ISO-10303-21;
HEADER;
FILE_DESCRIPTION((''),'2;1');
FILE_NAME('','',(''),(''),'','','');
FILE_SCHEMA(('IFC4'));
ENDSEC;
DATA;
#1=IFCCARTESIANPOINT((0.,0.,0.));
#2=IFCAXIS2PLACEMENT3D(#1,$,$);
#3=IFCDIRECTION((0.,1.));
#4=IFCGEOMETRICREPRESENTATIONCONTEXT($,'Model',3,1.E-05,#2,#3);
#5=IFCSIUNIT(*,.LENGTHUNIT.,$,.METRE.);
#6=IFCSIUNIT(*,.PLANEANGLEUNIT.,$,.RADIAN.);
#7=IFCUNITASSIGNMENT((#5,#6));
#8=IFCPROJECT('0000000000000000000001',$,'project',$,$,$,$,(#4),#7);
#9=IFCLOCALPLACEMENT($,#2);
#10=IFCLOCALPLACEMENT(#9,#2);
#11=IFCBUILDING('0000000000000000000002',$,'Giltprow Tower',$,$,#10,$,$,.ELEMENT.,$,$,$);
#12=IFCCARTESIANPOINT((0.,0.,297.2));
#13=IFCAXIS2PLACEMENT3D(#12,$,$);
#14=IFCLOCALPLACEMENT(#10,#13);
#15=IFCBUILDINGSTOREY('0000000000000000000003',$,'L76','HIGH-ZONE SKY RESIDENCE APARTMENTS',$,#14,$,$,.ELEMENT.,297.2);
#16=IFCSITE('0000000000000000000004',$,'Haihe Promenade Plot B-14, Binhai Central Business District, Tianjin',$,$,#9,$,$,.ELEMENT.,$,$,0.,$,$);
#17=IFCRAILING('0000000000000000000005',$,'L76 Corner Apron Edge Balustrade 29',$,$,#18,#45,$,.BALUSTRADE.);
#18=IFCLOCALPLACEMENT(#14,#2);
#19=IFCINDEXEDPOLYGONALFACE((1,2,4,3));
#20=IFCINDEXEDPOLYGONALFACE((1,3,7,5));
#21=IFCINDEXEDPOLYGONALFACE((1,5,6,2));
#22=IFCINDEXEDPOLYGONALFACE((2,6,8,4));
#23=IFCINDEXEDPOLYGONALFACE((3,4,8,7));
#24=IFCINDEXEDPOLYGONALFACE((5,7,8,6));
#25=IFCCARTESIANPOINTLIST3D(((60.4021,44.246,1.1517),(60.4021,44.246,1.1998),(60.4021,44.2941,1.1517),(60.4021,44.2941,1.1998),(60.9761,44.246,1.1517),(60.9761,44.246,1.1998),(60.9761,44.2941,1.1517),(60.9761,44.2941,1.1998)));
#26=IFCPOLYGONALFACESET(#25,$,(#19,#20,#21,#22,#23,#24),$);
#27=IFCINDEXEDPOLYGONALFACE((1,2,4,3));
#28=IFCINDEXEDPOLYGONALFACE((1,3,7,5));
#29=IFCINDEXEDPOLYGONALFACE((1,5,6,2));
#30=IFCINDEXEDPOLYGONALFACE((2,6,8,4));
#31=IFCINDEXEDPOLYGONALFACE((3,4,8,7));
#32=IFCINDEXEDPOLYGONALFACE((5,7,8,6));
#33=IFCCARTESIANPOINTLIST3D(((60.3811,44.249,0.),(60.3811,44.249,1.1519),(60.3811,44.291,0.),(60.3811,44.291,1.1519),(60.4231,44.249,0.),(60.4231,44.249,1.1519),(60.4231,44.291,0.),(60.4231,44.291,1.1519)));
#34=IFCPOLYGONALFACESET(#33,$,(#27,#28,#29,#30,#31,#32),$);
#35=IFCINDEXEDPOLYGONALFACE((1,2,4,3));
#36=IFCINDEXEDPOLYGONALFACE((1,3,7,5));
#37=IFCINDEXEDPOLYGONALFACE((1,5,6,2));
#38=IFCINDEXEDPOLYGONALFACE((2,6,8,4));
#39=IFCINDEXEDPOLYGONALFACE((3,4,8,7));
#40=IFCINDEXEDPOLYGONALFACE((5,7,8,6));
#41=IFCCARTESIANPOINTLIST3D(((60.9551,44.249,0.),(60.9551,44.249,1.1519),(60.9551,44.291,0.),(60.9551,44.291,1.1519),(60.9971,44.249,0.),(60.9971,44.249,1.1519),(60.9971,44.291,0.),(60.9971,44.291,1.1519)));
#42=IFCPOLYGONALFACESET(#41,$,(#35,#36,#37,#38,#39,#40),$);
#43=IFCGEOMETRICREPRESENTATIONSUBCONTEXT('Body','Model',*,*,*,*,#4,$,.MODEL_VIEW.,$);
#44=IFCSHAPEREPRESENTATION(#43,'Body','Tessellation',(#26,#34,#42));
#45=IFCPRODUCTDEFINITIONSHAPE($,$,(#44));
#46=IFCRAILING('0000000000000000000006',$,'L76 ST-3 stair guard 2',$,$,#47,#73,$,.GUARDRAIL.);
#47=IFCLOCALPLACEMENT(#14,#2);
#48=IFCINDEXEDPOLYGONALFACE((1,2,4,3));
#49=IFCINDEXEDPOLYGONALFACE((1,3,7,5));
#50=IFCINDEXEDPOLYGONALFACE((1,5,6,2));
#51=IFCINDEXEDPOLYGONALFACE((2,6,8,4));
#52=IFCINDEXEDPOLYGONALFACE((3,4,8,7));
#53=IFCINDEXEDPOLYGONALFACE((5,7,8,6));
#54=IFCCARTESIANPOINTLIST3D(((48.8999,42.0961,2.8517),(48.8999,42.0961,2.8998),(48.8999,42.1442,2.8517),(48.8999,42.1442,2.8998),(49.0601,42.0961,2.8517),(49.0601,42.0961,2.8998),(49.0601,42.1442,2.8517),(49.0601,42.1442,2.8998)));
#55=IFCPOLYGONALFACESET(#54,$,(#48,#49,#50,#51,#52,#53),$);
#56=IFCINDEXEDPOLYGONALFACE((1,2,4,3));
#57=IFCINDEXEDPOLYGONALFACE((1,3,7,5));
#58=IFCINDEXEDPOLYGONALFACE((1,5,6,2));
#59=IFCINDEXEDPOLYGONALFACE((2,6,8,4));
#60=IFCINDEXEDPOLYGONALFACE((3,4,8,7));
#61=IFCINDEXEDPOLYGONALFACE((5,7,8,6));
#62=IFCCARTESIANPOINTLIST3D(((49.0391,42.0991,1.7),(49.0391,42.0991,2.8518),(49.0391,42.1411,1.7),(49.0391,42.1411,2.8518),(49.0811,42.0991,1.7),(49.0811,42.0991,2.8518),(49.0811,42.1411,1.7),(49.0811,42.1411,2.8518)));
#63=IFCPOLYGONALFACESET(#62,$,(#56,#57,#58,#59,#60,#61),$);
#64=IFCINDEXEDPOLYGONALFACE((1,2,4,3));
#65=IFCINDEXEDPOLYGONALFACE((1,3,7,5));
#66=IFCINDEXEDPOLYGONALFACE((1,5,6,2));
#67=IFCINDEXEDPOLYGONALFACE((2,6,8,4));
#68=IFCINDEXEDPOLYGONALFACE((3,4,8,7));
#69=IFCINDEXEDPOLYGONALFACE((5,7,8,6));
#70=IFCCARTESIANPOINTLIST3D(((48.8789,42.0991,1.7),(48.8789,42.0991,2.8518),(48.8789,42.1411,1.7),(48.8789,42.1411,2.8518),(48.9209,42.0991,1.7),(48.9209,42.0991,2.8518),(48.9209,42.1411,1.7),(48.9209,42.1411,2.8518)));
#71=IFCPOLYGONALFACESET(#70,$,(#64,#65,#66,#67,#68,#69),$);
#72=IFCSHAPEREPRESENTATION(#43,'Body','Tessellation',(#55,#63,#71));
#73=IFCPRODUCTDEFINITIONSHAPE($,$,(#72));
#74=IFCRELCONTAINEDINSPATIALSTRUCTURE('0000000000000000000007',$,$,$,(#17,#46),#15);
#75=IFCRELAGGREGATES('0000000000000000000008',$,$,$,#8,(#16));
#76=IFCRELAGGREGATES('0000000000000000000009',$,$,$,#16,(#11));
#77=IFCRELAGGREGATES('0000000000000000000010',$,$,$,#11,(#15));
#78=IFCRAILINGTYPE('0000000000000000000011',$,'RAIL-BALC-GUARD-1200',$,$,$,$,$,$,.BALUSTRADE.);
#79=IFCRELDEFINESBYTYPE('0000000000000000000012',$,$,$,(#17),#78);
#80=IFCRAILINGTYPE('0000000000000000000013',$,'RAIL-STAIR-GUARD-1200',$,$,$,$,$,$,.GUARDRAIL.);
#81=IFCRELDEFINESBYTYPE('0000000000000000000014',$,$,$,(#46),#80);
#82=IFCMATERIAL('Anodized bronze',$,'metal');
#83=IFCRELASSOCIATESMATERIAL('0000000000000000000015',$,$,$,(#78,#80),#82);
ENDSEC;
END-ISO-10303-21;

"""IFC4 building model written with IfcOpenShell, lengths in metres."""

from ifc_helpers import new_model, si_unit, direction, frame, origin, origin_2d, place, context, subcontext, project, spatial, rectangle, extrude, material, type_object, element, save


model = new_model("IFC4")

# Units and contexts
model_context = context("Model", 3, precision=1e-05, world=origin(), true_north=direction((0.0, 1.0)))
body_context = subcontext(model_context, "Body", "Model", "MODEL_VIEW")
ifc_project = project(units=[si_unit("LENGTHUNIT", "METRE"), si_unit("PLANEANGLEUNIT", "RADIAN")], contexts=[model_context])

# Site, building, storey
site_placement = place(None, origin())
site = spatial("IfcSite", under=ifc_project, at=site_placement, Name="Haihe Promenade Plot B-14, Binhai Central Business District, Tianjin", CompositionType="ELEMENT", RefElevation=0.0)
building_placement = place(site_placement, origin())
building = spatial("IfcBuilding", under=site, at=building_placement, Name="Giltprow Tower", CompositionType="ELEMENT")
storey_placement = place(building_placement, frame((0.0, 0.0, 297.2)))
storey = spatial("IfcBuildingStorey", under=building, at=storey_placement, Name="L76", Description="HIGH-ZONE SKY RESIDENCE APARTMENTS", CompositionType="ELEMENT", Elevation=297.2)

# Railings
ifc_material_1 = material(Name="Anodized bronze", Category="metal")
railing_type_1 = type_object("IfcRailingType", Name="RAIL-BALC-GUARD-1200", PredefinedType="BALUSTRADE", material=ifc_material_1)
railing_1_placement = place(storey_placement, frame((60.4021, 44.27, 0.0)))
element("IfcRailing", 1, at=railing_1_placement, inside=storey, type_object=railing_type_1, Name="L76 Corner Apron Edge Balustrade 29", PredefinedType="BALUSTRADE", context=body_context, shape_type="SweptSolid", body=[
    extrude(rectangle(XDim=0.0481, YDim=0.0481, at=origin_2d()), frame((0.0, 0.0, 1.1758), z_axis=(1.0, 0.0, 0.0), x_axis=(0.0, 1.0, 0.0)), (0.0, 0.0, 1.0), 0.574),
    extrude(rectangle(XDim=0.042, YDim=0.042, at=origin_2d()), origin(), (0.0, 0.0, 1.0), 1.1519),
    extrude(rectangle(XDim=0.042, YDim=0.042, at=origin_2d()), frame((0.574, 0.0, 0.0)), (0.0, 0.0, 1.0), 1.1519),
])
railing_type_2 = type_object("IfcRailingType", Name="RAIL-STAIR-GUARD-1200", PredefinedType="GUARDRAIL", material=ifc_material_1)
railing_2_placement = place(storey_placement, frame((49.0601, 42.1201, 1.7)))
element("IfcRailing", 2, at=railing_2_placement, inside=storey, type_object=railing_type_2, Name="L76 ST-3 stair guard 2", PredefinedType="GUARDRAIL", context=body_context, shape_type="SweptSolid", body=[
    extrude(rectangle(XDim=0.0481, YDim=0.0481, at=origin_2d()), frame((0.0, 0.0, 1.1758), z_axis=(-1.0, 0.0, 0.0), x_axis=(0.0, -1.0, 0.0)), (0.0, 0.0, 1.0), 0.1602),
    extrude(rectangle(XDim=0.042, YDim=0.042, at=origin_2d()), origin(), (0.0, 0.0, 1.0), 1.1519),
    extrude(rectangle(XDim=0.042, YDim=0.042, at=origin_2d()), frame((-0.1602, 0.0, 0.0)), (0.0, 0.0, 1.0), 1.1519),
])

save(model, "model.ifc")
